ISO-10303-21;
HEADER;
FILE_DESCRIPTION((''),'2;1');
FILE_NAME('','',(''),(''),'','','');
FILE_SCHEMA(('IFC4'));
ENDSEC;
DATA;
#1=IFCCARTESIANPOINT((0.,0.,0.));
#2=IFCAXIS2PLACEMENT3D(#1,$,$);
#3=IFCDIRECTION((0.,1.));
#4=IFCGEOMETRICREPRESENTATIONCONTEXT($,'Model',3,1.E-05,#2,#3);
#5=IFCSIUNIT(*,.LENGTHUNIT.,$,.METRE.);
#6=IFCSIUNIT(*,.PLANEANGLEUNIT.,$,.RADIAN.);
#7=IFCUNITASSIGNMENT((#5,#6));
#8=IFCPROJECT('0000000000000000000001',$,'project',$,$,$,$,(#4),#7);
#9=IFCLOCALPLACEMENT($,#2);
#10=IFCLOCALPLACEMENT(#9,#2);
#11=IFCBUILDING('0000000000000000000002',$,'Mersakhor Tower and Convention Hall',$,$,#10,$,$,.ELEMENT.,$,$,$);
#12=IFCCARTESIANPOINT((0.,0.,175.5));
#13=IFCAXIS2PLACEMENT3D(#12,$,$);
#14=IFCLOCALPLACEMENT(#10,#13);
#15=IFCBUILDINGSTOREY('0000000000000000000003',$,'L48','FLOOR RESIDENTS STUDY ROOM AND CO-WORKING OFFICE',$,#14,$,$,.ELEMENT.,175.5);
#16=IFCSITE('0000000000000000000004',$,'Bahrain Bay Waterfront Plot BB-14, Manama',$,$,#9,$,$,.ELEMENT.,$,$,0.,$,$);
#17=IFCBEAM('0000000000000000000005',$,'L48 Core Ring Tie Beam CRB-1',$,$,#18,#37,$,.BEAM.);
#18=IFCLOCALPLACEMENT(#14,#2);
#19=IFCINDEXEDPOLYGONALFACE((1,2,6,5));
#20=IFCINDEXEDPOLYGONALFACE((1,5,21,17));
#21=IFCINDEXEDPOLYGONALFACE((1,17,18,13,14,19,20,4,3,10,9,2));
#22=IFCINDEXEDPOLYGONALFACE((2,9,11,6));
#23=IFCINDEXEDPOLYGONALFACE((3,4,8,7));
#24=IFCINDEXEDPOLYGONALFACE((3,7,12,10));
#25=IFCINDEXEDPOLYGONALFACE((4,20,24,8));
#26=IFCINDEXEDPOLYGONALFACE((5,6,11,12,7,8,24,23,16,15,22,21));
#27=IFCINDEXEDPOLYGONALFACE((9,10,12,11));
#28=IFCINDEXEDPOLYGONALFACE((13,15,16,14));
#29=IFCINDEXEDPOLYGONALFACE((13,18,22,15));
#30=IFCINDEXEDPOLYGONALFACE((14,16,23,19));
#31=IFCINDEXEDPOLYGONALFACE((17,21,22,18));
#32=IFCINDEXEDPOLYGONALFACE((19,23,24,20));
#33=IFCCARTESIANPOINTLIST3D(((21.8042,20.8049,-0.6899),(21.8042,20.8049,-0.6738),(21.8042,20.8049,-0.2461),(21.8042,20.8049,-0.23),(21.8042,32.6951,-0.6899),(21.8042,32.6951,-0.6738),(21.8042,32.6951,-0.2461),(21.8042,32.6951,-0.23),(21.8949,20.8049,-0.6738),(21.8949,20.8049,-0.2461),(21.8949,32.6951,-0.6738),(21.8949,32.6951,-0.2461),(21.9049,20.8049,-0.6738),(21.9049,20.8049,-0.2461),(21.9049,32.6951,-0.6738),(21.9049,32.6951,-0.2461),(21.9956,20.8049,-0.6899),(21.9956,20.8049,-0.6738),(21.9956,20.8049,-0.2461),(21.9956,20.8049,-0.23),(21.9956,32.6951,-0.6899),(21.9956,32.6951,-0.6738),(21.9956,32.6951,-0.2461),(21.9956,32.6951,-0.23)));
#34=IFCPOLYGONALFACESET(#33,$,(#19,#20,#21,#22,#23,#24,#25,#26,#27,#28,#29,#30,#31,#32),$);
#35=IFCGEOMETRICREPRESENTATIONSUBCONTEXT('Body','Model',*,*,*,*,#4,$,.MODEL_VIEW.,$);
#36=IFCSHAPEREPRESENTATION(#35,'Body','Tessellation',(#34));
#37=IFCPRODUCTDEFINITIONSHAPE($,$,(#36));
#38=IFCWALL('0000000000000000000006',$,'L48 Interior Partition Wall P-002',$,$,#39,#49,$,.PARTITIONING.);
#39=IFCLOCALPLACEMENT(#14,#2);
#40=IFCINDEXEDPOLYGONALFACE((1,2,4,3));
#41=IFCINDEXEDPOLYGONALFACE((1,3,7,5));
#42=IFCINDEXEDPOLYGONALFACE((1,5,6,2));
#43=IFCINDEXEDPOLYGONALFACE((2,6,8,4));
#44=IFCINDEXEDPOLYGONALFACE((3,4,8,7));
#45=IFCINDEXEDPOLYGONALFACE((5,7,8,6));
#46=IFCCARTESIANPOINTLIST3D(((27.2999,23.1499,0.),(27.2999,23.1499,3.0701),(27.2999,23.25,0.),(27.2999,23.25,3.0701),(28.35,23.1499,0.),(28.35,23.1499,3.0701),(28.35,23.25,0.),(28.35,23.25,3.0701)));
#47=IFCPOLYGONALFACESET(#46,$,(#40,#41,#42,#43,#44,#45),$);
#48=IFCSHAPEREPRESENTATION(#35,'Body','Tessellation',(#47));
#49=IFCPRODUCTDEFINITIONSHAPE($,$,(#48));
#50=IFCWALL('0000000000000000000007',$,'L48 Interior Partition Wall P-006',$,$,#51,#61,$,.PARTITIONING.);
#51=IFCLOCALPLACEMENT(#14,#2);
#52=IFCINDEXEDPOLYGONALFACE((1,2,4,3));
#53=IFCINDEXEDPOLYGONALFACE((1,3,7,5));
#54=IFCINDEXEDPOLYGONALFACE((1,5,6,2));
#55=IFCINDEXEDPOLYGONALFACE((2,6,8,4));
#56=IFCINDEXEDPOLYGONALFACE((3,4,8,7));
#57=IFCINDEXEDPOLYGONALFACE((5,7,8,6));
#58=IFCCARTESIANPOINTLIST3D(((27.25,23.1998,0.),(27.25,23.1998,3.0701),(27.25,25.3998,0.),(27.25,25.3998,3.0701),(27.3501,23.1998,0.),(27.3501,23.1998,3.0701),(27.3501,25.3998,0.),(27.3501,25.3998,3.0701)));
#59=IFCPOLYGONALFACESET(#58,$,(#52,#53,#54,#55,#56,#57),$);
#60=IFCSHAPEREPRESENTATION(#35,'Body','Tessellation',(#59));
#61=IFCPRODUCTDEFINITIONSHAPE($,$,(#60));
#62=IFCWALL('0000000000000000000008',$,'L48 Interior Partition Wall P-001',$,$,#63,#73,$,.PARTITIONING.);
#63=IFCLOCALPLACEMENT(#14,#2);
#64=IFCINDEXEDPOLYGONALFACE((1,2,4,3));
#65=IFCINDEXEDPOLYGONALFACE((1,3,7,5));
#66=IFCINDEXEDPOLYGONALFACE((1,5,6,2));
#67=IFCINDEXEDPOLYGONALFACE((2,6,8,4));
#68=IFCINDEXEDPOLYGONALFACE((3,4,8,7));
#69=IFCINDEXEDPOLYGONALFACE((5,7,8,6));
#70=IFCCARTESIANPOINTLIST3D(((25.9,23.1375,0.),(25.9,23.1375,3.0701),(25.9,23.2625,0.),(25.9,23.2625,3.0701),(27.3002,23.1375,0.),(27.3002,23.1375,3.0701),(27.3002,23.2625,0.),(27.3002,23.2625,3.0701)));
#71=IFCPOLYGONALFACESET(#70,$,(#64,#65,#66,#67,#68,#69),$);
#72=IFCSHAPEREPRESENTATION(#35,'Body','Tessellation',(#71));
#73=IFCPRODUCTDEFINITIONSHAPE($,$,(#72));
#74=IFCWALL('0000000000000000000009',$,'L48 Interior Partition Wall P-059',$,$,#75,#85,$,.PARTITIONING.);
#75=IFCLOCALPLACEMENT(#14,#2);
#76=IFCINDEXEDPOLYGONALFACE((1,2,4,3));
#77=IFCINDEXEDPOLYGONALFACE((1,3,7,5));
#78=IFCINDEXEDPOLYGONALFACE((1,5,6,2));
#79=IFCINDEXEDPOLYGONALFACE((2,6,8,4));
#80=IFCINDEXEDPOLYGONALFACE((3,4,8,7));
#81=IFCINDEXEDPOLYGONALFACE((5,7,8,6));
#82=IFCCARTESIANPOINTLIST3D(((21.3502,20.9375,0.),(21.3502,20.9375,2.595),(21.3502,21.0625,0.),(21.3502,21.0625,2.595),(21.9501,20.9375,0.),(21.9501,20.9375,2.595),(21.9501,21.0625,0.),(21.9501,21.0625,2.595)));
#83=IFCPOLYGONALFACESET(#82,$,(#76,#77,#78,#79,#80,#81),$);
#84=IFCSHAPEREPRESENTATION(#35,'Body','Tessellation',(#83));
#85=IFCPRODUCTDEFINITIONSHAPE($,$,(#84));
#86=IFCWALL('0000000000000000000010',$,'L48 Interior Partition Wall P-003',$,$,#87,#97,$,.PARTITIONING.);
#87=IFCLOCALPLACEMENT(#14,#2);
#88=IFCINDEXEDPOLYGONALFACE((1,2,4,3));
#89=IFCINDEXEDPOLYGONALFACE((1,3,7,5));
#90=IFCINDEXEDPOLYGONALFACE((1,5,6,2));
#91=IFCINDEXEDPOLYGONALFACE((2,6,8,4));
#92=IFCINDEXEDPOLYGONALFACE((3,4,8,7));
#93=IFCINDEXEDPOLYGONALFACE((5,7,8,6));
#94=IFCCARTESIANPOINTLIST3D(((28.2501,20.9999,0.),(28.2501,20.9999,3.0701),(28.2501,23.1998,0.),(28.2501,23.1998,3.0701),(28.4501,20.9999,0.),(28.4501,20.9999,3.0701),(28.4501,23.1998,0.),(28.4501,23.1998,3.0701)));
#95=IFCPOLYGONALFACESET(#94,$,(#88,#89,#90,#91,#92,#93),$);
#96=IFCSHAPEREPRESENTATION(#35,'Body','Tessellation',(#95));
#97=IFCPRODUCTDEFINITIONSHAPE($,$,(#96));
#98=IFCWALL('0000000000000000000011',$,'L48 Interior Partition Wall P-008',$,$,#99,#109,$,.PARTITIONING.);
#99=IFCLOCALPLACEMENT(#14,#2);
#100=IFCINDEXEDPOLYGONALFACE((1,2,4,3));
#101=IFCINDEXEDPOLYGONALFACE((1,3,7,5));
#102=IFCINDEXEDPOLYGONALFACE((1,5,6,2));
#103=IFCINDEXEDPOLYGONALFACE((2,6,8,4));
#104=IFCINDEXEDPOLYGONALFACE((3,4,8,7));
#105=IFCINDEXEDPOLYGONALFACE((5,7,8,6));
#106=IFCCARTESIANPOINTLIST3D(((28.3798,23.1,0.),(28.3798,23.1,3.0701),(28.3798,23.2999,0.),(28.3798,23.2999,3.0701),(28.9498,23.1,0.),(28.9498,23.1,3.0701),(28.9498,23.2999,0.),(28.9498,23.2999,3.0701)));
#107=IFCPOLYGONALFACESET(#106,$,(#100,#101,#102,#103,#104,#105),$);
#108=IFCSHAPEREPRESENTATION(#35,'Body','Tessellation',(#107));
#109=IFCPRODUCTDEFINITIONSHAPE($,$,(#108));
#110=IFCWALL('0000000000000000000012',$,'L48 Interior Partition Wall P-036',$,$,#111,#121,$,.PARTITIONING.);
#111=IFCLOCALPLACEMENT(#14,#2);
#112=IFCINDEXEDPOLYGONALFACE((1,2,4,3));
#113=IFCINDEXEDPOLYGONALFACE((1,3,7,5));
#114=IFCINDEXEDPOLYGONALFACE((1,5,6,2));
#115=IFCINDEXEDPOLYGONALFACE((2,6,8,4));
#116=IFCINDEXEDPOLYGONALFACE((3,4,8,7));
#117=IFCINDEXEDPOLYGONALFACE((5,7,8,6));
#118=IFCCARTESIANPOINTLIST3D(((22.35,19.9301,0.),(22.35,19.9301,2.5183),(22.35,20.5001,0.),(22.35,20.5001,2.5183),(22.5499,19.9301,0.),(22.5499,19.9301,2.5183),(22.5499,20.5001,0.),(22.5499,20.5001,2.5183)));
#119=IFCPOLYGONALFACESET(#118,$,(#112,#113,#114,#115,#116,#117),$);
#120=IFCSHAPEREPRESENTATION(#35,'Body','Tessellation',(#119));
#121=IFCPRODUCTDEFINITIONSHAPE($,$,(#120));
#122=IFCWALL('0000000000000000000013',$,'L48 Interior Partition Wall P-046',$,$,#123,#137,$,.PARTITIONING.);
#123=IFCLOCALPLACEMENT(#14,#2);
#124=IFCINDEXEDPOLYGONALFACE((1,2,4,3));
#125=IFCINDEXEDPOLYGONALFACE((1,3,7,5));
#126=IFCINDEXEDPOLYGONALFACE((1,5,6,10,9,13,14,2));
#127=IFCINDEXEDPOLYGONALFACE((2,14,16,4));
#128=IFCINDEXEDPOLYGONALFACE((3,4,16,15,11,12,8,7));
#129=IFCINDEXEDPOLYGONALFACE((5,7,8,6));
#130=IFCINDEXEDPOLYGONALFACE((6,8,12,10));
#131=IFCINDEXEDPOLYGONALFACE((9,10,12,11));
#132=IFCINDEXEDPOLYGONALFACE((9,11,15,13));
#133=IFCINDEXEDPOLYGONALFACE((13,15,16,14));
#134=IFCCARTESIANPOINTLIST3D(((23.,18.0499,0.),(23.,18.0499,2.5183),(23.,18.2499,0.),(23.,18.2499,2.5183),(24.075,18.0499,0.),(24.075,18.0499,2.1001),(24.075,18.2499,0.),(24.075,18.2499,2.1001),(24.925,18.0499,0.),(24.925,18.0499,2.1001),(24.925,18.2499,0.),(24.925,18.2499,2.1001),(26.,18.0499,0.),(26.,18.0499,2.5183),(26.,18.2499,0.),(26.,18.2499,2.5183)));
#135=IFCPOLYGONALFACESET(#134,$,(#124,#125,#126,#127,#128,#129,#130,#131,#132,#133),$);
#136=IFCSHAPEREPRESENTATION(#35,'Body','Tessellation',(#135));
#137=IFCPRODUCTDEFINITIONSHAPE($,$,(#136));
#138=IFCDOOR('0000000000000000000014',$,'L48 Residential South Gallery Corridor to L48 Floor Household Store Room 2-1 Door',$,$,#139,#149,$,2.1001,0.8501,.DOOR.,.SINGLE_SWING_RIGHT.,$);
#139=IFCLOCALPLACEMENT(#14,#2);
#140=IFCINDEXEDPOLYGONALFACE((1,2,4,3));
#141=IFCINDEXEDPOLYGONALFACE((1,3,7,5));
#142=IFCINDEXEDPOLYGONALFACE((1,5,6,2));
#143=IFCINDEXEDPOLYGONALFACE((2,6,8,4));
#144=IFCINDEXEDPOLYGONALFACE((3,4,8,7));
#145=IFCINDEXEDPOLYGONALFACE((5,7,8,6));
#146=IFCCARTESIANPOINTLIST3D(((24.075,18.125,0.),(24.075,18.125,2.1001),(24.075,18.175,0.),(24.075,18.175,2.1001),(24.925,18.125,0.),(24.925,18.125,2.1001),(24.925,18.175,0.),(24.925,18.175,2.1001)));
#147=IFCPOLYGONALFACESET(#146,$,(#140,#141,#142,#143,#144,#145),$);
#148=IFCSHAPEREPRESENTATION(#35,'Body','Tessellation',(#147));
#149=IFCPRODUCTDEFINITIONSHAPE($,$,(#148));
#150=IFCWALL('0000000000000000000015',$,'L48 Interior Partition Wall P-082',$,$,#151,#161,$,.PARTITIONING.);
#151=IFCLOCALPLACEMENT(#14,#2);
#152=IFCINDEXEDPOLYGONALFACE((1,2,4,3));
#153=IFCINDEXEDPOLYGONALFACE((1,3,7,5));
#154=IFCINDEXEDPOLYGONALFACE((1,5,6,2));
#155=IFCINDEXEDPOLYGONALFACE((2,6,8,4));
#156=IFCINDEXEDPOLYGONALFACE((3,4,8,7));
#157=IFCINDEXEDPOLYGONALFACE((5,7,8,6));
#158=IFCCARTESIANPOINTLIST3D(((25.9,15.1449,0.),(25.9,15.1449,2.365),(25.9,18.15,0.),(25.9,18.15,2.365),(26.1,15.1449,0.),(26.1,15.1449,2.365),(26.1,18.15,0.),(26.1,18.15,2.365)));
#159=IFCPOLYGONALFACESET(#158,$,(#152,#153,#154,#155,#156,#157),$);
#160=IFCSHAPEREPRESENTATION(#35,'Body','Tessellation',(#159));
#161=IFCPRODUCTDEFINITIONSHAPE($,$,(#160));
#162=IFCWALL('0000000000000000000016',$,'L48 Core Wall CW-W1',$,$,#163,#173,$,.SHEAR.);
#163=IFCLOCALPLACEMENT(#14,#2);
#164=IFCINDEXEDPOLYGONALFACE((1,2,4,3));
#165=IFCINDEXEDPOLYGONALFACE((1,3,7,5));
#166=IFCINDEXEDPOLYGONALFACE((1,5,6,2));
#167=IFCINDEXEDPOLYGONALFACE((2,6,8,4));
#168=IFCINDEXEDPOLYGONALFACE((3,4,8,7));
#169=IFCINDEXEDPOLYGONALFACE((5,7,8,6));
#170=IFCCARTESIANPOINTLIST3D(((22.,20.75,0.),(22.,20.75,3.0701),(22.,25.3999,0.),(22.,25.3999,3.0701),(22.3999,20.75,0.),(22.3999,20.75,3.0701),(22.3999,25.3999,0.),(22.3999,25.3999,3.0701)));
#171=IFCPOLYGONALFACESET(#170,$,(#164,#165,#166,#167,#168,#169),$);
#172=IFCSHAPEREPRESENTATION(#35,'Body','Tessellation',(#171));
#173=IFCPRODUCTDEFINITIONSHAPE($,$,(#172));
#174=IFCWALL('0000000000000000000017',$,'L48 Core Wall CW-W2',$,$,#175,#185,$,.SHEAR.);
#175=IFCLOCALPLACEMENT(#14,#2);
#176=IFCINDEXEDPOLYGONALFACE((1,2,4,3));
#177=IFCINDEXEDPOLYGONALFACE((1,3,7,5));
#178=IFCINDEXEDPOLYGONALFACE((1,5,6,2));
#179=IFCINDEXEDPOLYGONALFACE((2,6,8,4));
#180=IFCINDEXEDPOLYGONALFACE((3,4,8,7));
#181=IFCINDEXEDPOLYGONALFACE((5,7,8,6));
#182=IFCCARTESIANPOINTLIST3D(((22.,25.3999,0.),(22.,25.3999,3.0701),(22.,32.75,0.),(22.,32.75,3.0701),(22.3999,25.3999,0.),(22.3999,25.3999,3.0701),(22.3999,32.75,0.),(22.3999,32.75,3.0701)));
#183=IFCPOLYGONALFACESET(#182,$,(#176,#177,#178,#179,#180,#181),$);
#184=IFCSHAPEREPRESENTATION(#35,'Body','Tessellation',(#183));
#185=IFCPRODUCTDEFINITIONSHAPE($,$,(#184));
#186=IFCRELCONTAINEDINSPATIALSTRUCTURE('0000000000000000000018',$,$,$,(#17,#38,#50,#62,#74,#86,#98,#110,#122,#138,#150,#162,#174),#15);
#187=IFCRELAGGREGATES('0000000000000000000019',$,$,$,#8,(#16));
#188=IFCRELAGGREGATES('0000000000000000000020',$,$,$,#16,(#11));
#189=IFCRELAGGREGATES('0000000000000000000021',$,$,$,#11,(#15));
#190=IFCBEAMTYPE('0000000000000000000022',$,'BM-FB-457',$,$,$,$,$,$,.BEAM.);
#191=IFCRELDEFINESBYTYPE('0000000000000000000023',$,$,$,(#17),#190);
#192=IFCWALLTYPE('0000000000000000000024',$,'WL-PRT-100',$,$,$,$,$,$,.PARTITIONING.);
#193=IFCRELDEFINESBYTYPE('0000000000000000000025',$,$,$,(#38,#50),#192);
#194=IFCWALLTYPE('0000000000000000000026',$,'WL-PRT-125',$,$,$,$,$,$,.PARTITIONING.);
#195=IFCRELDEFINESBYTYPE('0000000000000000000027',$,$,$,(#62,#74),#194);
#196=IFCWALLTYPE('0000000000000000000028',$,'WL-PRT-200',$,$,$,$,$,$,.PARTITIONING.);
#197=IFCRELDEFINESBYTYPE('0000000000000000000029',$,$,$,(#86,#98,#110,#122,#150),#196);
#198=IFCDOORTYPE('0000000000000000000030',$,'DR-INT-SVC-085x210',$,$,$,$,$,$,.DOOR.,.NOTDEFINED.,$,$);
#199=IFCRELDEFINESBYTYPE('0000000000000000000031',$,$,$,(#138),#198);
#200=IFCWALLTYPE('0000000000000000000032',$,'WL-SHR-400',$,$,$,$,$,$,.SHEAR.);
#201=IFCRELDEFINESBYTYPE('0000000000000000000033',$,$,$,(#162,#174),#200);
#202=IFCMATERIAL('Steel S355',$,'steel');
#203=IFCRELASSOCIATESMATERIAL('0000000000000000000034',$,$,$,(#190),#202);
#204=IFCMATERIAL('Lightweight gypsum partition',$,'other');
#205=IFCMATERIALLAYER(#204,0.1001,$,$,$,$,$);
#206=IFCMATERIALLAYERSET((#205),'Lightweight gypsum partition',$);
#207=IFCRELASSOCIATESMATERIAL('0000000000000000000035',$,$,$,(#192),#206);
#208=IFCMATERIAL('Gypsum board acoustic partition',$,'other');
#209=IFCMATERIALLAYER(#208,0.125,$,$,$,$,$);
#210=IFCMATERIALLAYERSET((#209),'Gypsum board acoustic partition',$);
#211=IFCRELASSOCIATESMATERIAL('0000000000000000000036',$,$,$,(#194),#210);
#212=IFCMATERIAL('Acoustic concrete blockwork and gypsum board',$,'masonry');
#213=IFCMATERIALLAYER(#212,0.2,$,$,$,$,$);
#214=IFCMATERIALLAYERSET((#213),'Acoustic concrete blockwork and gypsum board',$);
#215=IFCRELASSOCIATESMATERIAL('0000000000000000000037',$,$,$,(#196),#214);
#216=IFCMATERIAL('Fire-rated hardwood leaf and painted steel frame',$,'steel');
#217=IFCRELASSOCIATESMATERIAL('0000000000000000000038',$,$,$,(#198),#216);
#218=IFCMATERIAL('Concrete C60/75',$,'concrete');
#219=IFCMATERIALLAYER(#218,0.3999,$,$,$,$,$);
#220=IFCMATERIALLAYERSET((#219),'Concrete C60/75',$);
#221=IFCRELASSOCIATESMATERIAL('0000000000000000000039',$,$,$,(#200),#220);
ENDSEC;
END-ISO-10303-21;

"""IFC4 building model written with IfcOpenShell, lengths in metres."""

from ifc_helpers import new_model, si_unit, direction, frame, frame_2d, origin, origin_2d, place, context, subcontext, project, spatial, rectangle, i_section, extrude, material, layer, layer_set, material_profile, profile_set, type_object, element, fill, save


model = new_model("IFC4")

# Units and contexts
model_context = context("Model", 3, precision=1e-05, world=origin(), true_north=direction((0.0, 1.0)))
body_context = subcontext(model_context, "Body", "Model", "MODEL_VIEW")
ifc_project = project(units=[si_unit("LENGTHUNIT", "METRE"), si_unit("PLANEANGLEUNIT", "RADIAN")], contexts=[model_context])

# Site, building, storey
site_placement = place(None, origin())
site = spatial("IfcSite", under=ifc_project, at=site_placement, Name="Bahrain Bay Waterfront Plot BB-14, Manama", CompositionType="ELEMENT", RefElevation=0.0)
building_placement = place(site_placement, origin())
building = spatial("IfcBuilding", under=site, at=building_placement, Name="Mersakhor Tower and Convention Hall", CompositionType="ELEMENT")
storey_placement = place(building_placement, frame((0.0, 0.0, 175.5)))
storey = spatial("IfcBuildingStorey", under=building, at=storey_placement, Name="L48", Description="FLOOR RESIDENTS STUDY ROOM AND CO-WORKING OFFICE", CompositionType="ELEMENT", Elevation=175.5)

# Beam
ifc_material_1 = material(Name="Steel S355", Category="steel")
ifc_material_profile = material_profile(ifc_material_1, i_section(OverallWidth=0.1914, OverallDepth=0.46, WebThickness=0.01, FlangeThickness=0.0161, at=origin_2d()), Name="UB 457x191x82")
ifc_profile_set = profile_set([ifc_material_profile], Name="Steel S355")
beam_type = type_object("IfcBeamType", Name="BM-FB-457", PredefinedType="BEAM", material=ifc_profile_set)
beam_placement = place(storey_placement, frame((21.8999, 20.8049, -0.46), z_axis=(0.0, 1.0, 0.0), x_axis=(-1.0, 0.0, 0.0)))
element("IfcBeam", 1, at=beam_placement, inside=storey, type_object=beam_type, Name="L48 Core Ring Tie Beam CRB-1", PredefinedType="BEAM", context=body_context, shape_type="SweptSolid", body=[
    extrude(i_section(OverallWidth=0.1914, OverallDepth=0.46, WebThickness=0.01, FlangeThickness=0.0161, at=origin_2d()), origin(), (0.0, 0.0, 1.0), 11.8901),
])

# Walls
ifc_material_2 = material(Name="Lightweight gypsum partition", Category="other")
ifc_layer_1 = layer(ifc_material_2, 0.1001)
ifc_layer_set_1 = layer_set([ifc_layer_1], Name="Lightweight gypsum partition")
wall_type_1 = type_object("IfcWallType", Name="WL-PRT-100", PredefinedType="PARTITIONING", material=ifc_layer_set_1)
wall_1_placement = place(storey_placement, frame((27.3, 23.2, 0.0), z_axis=(0.0, 0.0, 1.0), x_axis=(1.0, 0.0, 0.0)))
element("IfcWall", 2, at=wall_1_placement, inside=storey, type_object=wall_type_1, Name="L48 Interior Partition Wall P-002", PredefinedType="PARTITIONING", context=body_context, shape_type="SweptSolid", body=[
    extrude(rectangle(XDim=1.05, YDim=0.1001, at=frame_2d((0.5249, 0.0))), origin(), (0.0, 0.0, 1.0), 3.0701),
])
wall_2_placement = place(storey_placement, frame((27.3, 25.3999, 0.0), z_axis=(0.0, 0.0, 1.0), x_axis=(0.0, -1.0, 0.0)))
element("IfcWall", 3, at=wall_2_placement, inside=storey, type_object=wall_type_1, Name="L48 Interior Partition Wall P-006", PredefinedType="PARTITIONING", context=body_context, shape_type="SweptSolid", body=[
    extrude(rectangle(XDim=2.2, YDim=0.1001, at=frame_2d((1.1001, 0.0))), origin(), (0.0, 0.0, 1.0), 3.0701),
])
ifc_material_3 = material(Name="Gypsum board acoustic partition", Category="other")
ifc_layer_2 = layer(ifc_material_3, 0.125)
ifc_layer_set_2 = layer_set([ifc_layer_2], Name="Gypsum board acoustic partition")
wall_type_2 = type_object("IfcWallType", Name="WL-PRT-125", PredefinedType="PARTITIONING", material=ifc_layer_set_2)
wall_3_placement = place(storey_placement, frame((25.8999, 23.2, 0.0), z_axis=(0.0, 0.0, 1.0), x_axis=(1.0, 0.0, 0.0)))
element("IfcWall", 4, at=wall_3_placement, inside=storey, type_object=wall_type_2, Name="L48 Interior Partition Wall P-001", PredefinedType="PARTITIONING", context=body_context, shape_type="SweptSolid", body=[
    extrude(rectangle(XDim=1.4001, YDim=0.125, at=frame_2d((0.7002, 0.0))), origin(), (0.0, 0.0, 1.0), 3.0701),
])
wall_4_placement = place(storey_placement, frame((21.95, 21.0, 0.0), z_axis=(0.0, 0.0, 1.0), x_axis=(-1.0, 0.0, 0.0)))
element("IfcWall", 5, at=wall_4_placement, inside=storey, type_object=wall_type_2, Name="L48 Interior Partition Wall P-059", PredefinedType="PARTITIONING", context=body_context, shape_type="SweptSolid", body=[
    extrude(rectangle(XDim=0.5999, YDim=0.125, at=frame_2d((0.2998, 0.0))), origin(), (0.0, 0.0, 1.0), 2.595),
])

# Shared definitions
ifc_material_4 = material(Name="Acoustic concrete blockwork and gypsum board", Category="masonry")
ifc_layer_3 = layer(ifc_material_4, 0.2)
ifc_layer_set_3 = layer_set([ifc_layer_3], Name="Acoustic concrete blockwork and gypsum board")
wall_type_3 = type_object("IfcWallType", Name="WL-PRT-200", PredefinedType="PARTITIONING", material=ifc_layer_set_3)

# Walls
wall_5_placement = place(storey_placement, frame((28.3501, 23.2, 0.0), z_axis=(0.0, 0.0, 1.0), x_axis=(0.0, -1.0, 0.0)))
element("IfcWall", 6, at=wall_5_placement, inside=storey, type_object=wall_type_3, Name="L48 Interior Partition Wall P-003", PredefinedType="PARTITIONING", context=body_context, shape_type="SweptSolid", body=[
    extrude(rectangle(XDim=2.2, YDim=0.2, at=frame_2d((1.1001, 0.0))), origin(), (0.0, 0.0, 1.0), 3.0701),
])
wall_6_placement = place(storey_placement, frame((28.95, 23.2, 0.0), z_axis=(0.0, 0.0, 1.0), x_axis=(-1.0, 0.0, 0.0)))
element("IfcWall", 7, at=wall_6_placement, inside=storey, type_object=wall_type_3, Name="L48 Interior Partition Wall P-008", PredefinedType="PARTITIONING", context=body_context, shape_type="SweptSolid", body=[
    extrude(rectangle(XDim=0.5701, YDim=0.2, at=frame_2d((0.2852, 0.0))), origin(), (0.0, 0.0, 1.0), 3.0701),
])
wall_7_placement = place(storey_placement, frame((22.45, 19.9299, 0.0), z_axis=(0.0, 0.0, 1.0), x_axis=(0.0, 1.0, 0.0)))
element("IfcWall", 8, at=wall_7_placement, inside=storey, type_object=wall_type_3, Name="L48 Interior Partition Wall P-036", PredefinedType="PARTITIONING", context=body_context, shape_type="SweptSolid", body=[
    extrude(rectangle(XDim=0.5701, YDim=0.2, at=frame_2d((0.2852, 0.0))), origin(), (0.0, 0.0, 1.0), 2.5183),
])

# Wall, opening, door
wall_8_placement = place(storey_placement, frame((26.0, 18.1499, 0.0), z_axis=(0.0, 0.0, 1.0), x_axis=(-1.0, 0.0, 0.0)))
wall_8 = element("IfcWall", 9, at=wall_8_placement, inside=storey, type_object=wall_type_3, Name="L48 Interior Partition Wall P-046", PredefinedType="PARTITIONING", context=body_context, shape_type="SweptSolid", body=[
    extrude(rectangle(XDim=3.0, YDim=0.2, at=frame_2d((1.5, 0.0))), origin(), (0.0, 0.0, 1.0), 2.5183),
])
opening_1_placement = place(wall_8_placement, frame((1.075, 0.0, 0.0)))
opening_1 = element("IfcOpeningElement", 10, at=opening_1_placement, cuts=wall_8, PredefinedType="OPENING", context=body_context, shape_type="SweptSolid", body=[
    extrude(rectangle(XDim=0.8501, YDim=2.1001, at=frame_2d((0.425, 1.05))), frame((0.0, 0.1099, 0.0), z_axis=(0.0, -1.0, 0.0), x_axis=(1.0, 0.0, 0.0)), (0.0, 0.0, 1.0), 0.22),
])
ifc_material_5 = material(Name="Fire-rated hardwood leaf and painted steel frame", Category="steel")
door_type_1 = type_object("IfcDoorType", Name="DR-INT-SVC-085x210", OperationType="NOTDEFINED", PredefinedType="DOOR", material=ifc_material_5)
door_1_placement = place(opening_1_placement, origin())
door_1 = element("IfcDoor", 11, at=door_1_placement, inside=storey, type_object=door_type_1, Name="L48 Residential South Gallery Corridor to L48 Floor Household Store Room 2-1 Door", OperationType="SINGLE_SWING_RIGHT", OverallHeight=2.1001, OverallWidth=0.8501, PredefinedType="DOOR", context=body_context, shape_type="SweptSolid", body=[
    extrude(rectangle(XDim=0.8501, YDim=2.1001, at=frame_2d((0.425, 1.05))), frame((0.0, 0.0249, 0.0), z_axis=(0.0, -1.0, 0.0), x_axis=(1.0, 0.0, 0.0)), (0.0, 0.0, 1.0), 0.05),
])
fill(opening_1, door_1)

# Wall
wall_9_placement = place(storey_placement, frame((26.0, 18.1499, 0.0), z_axis=(0.0, 0.0, 1.0), x_axis=(0.0, -1.0, 0.0)))
element("IfcWall", 12, at=wall_9_placement, inside=storey, type_object=wall_type_3, Name="L48 Interior Partition Wall P-082", PredefinedType="PARTITIONING", context=body_context, shape_type="SweptSolid", body=[
    extrude(rectangle(XDim=3.0051, YDim=0.2, at=frame_2d((1.5024, 0.0))), origin(), (0.0, 0.0, 1.0), 2.365),
])

# Walls
ifc_material_6 = material(Name="Concrete C60/75", Category="concrete")
ifc_layer_4 = layer(ifc_material_6, 0.3999)
ifc_layer_set_4 = layer_set([ifc_layer_4], Name="Concrete C60/75")
wall_type_4 = type_object("IfcWallType", Name="WL-SHR-400", PredefinedType="SHEAR", material=ifc_layer_set_4)
wall_10_placement = place(storey_placement, frame((22.2, 20.75, 0.0), z_axis=(0.0, 0.0, 1.0), x_axis=(0.0, 1.0, 0.0)))
element("IfcWall", 13, at=wall_10_placement, inside=storey, type_object=wall_type_4, Name="L48 Core Wall CW-W1", PredefinedType="SHEAR", context=body_context, shape_type="SweptSolid", body=[
    extrude(rectangle(XDim=4.6499, YDim=0.3999, at=frame_2d((2.325, 0.0))), origin(), (0.0, 0.0, 1.0), 3.0701),
])
wall_11_placement = place(storey_placement, frame((22.2, 25.3999, 0.0), z_axis=(0.0, 0.0, 1.0), x_axis=(0.0, 1.0, 0.0)))
element("IfcWall", 14, at=wall_11_placement, inside=storey, type_object=wall_type_4, Name="L48 Core Wall CW-W2", PredefinedType="SHEAR", context=body_context, shape_type="SweptSolid", body=[
    extrude(rectangle(XDim=7.3501, YDim=0.3999, at=frame_2d((3.675, 0.0))), origin(), (0.0, 0.0, 1.0), 3.0701),
])

save(model, "model.ifc")
